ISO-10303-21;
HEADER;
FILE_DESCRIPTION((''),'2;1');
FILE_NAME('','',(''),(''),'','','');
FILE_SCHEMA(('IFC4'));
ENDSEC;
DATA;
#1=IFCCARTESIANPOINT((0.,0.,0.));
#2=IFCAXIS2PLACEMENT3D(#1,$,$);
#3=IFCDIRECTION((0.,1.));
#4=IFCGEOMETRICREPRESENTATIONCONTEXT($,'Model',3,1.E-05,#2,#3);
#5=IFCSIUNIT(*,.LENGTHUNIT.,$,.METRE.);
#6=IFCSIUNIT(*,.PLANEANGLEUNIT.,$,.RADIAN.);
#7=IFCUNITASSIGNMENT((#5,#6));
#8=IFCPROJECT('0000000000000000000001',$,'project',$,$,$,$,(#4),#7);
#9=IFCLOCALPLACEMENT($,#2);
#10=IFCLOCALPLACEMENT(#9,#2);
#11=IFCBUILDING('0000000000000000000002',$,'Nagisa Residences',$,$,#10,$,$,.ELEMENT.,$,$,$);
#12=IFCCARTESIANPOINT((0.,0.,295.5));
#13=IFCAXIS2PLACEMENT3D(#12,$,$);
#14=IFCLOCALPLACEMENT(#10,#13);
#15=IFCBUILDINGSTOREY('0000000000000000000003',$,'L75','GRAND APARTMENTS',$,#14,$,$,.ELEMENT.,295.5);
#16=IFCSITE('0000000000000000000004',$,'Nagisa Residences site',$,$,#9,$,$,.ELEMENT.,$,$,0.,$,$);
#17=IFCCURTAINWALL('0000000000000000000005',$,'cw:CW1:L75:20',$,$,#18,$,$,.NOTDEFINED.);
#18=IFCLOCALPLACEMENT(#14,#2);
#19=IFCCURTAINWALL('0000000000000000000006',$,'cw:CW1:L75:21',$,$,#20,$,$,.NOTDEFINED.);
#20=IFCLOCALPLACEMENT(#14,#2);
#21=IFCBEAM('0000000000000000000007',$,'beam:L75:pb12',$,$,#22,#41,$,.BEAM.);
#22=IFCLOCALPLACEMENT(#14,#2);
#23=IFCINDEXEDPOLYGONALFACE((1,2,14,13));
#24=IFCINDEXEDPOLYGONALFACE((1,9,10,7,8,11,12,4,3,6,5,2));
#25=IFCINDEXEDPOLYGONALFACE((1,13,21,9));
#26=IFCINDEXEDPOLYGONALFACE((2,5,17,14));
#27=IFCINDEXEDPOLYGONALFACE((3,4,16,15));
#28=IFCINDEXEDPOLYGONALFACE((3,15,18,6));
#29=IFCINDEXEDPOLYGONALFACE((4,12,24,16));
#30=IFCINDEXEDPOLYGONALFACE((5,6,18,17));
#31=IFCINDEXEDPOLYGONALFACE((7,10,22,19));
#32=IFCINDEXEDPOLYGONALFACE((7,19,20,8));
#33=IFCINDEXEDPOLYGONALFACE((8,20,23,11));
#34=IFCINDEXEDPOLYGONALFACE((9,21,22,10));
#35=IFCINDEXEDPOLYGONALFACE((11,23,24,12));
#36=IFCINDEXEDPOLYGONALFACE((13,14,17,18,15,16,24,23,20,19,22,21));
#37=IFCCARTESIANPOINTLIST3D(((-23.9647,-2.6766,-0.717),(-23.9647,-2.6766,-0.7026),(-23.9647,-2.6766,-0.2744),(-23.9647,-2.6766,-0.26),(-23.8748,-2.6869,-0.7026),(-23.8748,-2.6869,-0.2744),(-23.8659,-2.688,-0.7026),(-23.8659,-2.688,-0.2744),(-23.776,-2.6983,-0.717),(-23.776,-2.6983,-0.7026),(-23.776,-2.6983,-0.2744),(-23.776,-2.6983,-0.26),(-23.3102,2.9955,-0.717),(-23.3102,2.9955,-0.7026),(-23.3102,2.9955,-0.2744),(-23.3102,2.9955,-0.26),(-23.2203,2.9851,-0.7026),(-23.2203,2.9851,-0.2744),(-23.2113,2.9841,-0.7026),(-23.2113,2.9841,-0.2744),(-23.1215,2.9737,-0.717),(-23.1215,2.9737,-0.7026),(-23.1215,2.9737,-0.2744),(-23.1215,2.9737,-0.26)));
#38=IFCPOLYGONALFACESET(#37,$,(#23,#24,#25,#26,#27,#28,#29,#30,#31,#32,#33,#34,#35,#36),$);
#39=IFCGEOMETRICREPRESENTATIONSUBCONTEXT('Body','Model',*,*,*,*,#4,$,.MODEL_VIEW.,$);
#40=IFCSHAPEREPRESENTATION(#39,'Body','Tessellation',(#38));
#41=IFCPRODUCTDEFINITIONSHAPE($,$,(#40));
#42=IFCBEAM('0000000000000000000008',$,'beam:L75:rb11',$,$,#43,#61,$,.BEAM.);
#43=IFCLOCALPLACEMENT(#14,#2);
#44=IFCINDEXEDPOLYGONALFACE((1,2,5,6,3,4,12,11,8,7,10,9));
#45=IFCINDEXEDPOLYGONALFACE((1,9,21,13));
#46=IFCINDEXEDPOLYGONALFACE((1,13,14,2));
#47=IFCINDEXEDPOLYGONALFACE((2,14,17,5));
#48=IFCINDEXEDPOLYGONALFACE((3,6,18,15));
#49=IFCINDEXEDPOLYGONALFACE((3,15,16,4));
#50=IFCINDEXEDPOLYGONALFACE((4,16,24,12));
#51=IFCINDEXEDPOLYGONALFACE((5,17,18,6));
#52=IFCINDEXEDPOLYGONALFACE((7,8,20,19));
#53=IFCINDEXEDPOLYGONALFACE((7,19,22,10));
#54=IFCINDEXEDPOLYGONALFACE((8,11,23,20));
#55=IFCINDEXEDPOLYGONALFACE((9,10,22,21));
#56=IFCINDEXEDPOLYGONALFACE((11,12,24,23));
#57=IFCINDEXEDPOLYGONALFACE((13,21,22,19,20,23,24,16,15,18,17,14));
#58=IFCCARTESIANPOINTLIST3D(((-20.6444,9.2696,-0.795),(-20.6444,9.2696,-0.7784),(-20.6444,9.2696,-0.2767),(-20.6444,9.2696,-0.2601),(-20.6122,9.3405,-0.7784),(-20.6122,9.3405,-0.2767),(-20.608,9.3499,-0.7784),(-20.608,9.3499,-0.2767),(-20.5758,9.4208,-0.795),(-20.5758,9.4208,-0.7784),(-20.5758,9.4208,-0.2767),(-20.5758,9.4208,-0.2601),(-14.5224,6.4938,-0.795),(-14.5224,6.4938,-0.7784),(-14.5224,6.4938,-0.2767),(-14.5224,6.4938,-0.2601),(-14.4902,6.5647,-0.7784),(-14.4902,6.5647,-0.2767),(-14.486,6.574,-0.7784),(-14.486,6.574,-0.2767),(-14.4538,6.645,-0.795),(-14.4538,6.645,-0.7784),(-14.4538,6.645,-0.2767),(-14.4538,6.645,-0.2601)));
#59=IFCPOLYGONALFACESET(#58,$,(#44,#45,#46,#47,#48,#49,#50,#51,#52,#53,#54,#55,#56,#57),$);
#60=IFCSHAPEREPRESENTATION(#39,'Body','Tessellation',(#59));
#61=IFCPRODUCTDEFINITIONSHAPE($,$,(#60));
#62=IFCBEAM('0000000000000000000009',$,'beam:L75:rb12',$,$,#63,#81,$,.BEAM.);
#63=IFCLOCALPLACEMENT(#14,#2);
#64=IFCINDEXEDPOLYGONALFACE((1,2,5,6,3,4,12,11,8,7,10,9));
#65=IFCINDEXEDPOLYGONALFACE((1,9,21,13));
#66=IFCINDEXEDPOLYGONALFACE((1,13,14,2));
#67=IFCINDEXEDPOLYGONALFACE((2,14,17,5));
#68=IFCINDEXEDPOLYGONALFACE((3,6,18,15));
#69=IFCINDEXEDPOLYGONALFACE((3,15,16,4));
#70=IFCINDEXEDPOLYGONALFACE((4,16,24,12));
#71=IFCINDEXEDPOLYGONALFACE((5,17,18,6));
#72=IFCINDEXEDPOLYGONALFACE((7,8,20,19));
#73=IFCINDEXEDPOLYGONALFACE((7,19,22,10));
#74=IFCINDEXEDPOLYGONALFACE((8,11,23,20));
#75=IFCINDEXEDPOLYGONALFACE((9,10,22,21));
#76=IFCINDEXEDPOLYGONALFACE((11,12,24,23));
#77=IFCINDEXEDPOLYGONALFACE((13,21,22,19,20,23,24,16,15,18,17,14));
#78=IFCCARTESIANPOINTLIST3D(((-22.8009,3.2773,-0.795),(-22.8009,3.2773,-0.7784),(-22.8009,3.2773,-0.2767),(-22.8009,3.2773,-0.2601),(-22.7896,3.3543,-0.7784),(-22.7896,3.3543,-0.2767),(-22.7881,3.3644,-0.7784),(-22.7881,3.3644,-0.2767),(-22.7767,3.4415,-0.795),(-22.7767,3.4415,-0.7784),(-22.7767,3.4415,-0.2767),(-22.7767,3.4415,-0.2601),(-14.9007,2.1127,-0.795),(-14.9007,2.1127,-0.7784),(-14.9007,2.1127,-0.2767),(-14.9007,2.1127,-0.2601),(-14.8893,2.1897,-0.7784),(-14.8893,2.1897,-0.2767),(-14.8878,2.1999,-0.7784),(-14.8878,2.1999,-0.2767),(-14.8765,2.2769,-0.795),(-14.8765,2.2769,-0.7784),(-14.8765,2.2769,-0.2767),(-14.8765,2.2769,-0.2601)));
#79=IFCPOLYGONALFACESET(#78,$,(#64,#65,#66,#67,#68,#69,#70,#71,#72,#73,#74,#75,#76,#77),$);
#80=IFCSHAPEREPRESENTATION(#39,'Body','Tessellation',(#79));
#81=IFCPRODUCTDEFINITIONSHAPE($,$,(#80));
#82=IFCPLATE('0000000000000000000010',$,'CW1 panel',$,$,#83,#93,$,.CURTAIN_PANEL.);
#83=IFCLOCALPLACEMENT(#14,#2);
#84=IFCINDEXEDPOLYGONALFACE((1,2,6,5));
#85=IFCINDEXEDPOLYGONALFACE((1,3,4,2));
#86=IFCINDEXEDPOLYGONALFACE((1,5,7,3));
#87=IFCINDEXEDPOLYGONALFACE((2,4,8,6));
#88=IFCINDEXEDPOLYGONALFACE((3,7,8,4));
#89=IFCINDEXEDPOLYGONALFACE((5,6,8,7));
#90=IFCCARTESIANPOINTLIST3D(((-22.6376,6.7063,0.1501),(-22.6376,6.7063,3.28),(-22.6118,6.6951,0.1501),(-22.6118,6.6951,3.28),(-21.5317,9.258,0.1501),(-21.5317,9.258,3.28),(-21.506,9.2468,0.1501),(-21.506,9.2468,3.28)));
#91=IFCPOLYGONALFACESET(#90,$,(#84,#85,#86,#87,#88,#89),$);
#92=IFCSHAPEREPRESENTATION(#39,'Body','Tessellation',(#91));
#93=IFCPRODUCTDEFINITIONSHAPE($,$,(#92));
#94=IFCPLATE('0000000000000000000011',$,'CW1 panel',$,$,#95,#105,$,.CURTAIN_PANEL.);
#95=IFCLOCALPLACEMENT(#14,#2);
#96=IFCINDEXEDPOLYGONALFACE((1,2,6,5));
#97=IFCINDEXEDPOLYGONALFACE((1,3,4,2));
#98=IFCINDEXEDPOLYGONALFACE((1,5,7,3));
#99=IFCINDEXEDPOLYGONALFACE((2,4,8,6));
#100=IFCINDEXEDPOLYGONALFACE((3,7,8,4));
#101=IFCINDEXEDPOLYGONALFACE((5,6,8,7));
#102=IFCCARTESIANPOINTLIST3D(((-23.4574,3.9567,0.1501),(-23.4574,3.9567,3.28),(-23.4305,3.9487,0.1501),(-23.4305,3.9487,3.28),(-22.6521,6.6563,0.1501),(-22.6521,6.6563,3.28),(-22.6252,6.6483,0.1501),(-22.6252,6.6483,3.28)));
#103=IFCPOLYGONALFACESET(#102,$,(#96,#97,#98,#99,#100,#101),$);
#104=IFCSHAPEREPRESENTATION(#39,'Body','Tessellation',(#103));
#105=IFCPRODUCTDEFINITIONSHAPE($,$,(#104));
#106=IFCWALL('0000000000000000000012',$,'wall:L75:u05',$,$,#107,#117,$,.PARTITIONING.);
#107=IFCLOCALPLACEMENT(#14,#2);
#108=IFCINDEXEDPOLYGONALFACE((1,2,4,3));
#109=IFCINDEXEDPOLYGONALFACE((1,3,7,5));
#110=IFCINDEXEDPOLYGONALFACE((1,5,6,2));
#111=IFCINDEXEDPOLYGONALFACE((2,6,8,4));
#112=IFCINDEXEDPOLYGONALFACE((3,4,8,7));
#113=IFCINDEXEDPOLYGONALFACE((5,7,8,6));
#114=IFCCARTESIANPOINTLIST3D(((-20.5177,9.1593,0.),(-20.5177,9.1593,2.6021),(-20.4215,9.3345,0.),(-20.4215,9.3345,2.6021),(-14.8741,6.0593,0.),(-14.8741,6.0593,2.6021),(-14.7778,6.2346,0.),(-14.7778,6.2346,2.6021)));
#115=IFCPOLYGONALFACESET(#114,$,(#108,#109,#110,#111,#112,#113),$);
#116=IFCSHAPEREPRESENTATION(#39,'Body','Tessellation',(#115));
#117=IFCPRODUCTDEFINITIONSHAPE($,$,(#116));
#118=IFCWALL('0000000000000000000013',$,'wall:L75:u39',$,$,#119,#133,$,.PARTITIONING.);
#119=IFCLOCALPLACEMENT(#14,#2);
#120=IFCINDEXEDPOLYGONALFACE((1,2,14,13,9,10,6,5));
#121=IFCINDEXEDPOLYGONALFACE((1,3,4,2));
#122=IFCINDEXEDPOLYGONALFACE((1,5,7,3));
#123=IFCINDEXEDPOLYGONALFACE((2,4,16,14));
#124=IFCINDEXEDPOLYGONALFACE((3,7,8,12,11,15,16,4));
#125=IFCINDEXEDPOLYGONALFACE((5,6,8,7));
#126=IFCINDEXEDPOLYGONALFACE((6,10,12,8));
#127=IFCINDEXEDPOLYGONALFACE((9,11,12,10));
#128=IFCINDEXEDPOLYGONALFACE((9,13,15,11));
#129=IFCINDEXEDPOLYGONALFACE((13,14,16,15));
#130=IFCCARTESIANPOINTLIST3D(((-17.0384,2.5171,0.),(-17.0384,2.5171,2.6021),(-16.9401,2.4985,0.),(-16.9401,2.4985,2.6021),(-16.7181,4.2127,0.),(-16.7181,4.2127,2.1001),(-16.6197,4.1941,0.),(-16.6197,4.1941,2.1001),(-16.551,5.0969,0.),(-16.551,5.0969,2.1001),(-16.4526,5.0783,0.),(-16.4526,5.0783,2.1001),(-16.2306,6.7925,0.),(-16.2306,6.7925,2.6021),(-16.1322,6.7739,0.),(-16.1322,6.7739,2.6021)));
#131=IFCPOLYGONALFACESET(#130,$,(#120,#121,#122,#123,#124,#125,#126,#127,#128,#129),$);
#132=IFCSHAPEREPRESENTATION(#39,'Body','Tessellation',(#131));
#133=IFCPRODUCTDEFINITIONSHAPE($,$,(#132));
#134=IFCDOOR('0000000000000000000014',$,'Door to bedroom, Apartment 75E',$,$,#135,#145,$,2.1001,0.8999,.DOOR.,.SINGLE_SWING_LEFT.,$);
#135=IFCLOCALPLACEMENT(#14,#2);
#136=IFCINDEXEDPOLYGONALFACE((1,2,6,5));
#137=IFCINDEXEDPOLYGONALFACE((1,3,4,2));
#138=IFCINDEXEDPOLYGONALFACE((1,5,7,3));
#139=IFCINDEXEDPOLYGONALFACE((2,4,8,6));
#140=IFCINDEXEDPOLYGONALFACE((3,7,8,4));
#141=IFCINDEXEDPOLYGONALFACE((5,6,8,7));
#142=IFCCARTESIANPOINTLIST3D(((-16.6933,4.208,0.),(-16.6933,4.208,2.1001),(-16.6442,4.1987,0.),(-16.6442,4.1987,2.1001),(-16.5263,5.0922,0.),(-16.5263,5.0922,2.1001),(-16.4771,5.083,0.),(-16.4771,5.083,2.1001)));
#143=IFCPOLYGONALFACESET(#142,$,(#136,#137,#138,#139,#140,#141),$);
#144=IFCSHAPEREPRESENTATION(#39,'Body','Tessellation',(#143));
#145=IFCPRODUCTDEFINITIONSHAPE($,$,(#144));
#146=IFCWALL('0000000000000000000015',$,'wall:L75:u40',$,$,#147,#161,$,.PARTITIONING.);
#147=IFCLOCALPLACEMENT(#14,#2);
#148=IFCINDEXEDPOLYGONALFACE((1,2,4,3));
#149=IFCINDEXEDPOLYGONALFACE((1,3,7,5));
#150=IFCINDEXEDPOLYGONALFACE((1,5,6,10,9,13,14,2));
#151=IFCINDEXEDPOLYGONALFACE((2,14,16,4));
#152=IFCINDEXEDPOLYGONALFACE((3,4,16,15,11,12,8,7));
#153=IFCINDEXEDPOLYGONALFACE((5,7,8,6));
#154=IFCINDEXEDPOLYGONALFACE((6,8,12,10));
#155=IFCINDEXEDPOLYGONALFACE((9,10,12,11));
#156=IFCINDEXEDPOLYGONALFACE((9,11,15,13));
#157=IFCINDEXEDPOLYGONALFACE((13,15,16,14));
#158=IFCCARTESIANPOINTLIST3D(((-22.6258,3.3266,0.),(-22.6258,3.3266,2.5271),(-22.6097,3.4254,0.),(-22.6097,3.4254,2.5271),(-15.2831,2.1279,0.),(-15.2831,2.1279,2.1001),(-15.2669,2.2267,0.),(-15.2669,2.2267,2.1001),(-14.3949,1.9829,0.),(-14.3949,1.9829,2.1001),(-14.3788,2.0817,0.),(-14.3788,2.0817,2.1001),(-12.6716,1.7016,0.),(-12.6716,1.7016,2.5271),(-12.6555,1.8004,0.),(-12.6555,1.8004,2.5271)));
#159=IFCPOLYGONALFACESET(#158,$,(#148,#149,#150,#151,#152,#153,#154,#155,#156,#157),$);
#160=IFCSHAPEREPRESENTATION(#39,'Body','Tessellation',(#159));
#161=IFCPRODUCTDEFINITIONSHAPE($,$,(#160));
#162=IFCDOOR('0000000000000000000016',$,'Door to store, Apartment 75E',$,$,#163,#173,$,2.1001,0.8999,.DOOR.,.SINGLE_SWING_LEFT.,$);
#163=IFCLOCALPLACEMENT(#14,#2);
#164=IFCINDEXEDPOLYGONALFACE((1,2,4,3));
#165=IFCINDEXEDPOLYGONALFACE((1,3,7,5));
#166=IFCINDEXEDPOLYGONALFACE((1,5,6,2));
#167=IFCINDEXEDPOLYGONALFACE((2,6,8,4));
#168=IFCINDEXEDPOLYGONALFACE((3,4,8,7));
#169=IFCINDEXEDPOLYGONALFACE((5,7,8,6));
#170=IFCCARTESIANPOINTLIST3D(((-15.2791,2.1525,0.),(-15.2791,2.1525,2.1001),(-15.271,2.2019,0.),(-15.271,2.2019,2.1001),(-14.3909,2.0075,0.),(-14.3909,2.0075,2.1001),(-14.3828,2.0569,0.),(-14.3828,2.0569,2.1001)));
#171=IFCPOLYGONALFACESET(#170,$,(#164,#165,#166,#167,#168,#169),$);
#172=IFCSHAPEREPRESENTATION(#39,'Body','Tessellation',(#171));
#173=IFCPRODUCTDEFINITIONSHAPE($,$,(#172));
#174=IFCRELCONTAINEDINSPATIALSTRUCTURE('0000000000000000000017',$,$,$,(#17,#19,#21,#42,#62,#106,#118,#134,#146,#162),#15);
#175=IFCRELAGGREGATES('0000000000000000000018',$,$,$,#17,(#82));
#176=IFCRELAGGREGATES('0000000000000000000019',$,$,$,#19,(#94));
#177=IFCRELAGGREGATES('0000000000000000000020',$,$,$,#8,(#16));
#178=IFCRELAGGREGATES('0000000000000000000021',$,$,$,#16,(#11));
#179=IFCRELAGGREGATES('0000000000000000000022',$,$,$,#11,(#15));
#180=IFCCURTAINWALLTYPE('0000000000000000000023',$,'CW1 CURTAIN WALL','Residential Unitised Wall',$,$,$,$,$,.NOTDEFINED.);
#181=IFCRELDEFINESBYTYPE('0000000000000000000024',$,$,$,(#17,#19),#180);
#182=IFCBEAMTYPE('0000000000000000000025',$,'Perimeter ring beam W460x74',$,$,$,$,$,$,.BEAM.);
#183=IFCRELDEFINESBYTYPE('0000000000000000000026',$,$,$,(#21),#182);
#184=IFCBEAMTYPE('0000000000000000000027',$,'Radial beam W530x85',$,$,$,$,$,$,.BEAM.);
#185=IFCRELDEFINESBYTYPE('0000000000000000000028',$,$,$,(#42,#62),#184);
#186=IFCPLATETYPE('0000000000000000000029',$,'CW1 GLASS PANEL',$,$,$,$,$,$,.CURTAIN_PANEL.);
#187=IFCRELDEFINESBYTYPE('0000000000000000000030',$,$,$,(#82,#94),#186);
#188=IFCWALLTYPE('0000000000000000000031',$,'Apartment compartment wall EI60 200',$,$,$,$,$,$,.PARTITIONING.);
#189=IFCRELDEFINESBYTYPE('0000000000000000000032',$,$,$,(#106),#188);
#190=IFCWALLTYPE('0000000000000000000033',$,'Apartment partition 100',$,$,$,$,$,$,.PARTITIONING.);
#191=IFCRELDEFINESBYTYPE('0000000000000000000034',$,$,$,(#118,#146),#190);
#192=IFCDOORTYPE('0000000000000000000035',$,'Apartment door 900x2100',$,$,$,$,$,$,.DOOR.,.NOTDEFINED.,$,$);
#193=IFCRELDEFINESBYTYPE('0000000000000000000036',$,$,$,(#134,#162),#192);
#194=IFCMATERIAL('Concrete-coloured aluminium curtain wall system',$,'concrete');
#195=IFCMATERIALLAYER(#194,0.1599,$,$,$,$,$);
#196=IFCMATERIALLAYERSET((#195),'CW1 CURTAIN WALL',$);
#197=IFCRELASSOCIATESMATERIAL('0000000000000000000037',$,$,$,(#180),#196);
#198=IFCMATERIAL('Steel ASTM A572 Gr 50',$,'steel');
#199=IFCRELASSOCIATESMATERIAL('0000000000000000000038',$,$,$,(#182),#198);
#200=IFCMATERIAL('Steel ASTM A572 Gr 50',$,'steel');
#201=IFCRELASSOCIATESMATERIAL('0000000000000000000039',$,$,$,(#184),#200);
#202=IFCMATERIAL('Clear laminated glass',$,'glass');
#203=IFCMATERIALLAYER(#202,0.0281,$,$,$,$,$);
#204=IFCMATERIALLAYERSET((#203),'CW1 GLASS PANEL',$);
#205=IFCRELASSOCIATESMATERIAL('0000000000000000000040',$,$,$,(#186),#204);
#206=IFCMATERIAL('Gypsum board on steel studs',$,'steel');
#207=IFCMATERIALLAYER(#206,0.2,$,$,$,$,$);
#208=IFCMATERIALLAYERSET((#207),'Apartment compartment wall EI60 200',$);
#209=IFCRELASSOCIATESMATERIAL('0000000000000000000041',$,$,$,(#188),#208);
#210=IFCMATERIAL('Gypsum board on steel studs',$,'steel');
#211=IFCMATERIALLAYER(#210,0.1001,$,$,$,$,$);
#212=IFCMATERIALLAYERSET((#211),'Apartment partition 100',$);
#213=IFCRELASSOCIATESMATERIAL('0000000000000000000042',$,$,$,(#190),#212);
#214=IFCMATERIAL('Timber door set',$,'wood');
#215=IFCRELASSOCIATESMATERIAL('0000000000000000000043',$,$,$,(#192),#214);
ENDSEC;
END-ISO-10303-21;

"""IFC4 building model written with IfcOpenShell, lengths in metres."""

from ifc_helpers import new_model, si_unit, direction, frame, frame_2d, origin, origin_2d, place, context, subcontext, project, spatial, rectangle, i_section, extrude, material, layer, layer_set, material_profile, profile_set, type_object, element, fill, aggregate, save


model = new_model("IFC4")

# Units and contexts
model_context = context("Model", 3, precision=1e-05, world=origin(), true_north=direction((0.0, 1.0)))
body_context = subcontext(model_context, "Body", "Model", "MODEL_VIEW")
ifc_project = project(units=[si_unit("LENGTHUNIT", "METRE"), si_unit("PLANEANGLEUNIT", "RADIAN")], contexts=[model_context])

# Site, building, storey
site_placement = place(None, origin())
site = spatial("IfcSite", under=ifc_project, at=site_placement, Name="Nagisa Residences site", CompositionType="ELEMENT", RefElevation=0.0)
building_placement = place(site_placement, origin())
building = spatial("IfcBuilding", under=site, at=building_placement, Name="Nagisa Residences", CompositionType="ELEMENT")
storey_placement = place(building_placement, frame((0.0, 0.0, 295.5)))
storey = spatial("IfcBuildingStorey", under=building, at=storey_placement, Name="L75", Description="GRAND APARTMENTS", CompositionType="ELEMENT", Elevation=295.5)

# Curtain walls
ifc_material_1 = material(Name="Concrete-coloured aluminium curtain wall system", Category="concrete")
ifc_layer_1 = layer(ifc_material_1, 0.1599)
ifc_layer_set_1 = layer_set([ifc_layer_1], Name="CW1 CURTAIN WALL")
curtain_wall_type = type_object("IfcCurtainWallType", Name="CW1 CURTAIN WALL", Description="Residential Unitised Wall", PredefinedType="NOTDEFINED", material=ifc_layer_set_1)
curtain_wall_1_placement = place(storey_placement, origin())
curtain_wall_1 = element("IfcCurtainWall", 1, at=curtain_wall_1_placement, inside=storey, type_object=curtain_wall_type, Name="cw:CW1:L75:20", PredefinedType="NOTDEFINED")
curtain_wall_2_placement = place(storey_placement, origin())
curtain_wall_2 = element("IfcCurtainWall", 2, at=curtain_wall_2_placement, inside=storey, type_object=curtain_wall_type, Name="cw:CW1:L75:21", PredefinedType="NOTDEFINED")

# Beams
ifc_material_2 = material(Name="Steel ASTM A572 Gr 50", Category="steel")
ifc_material_profile_1 = material_profile(ifc_material_2, i_section(OverallWidth=0.1899, OverallDepth=0.457, WebThickness=0.009, FlangeThickness=0.0144, at=origin_2d()), Name="W460x74")
ifc_profile_set_1 = profile_set([ifc_material_profile_1], Name="Steel ASTM A572 Gr 50")
beam_type_1 = type_object("IfcBeamType", Name="Perimeter ring beam W460x74", PredefinedType="BEAM", material=ifc_profile_set_1)
beam_1_placement = place(storey_placement, frame((-23.2158, 2.9846, -0.4885), z_axis=(-0.114635, -0.993408, 0.0), x_axis=(0.993408, -0.114635, 0.0)))
element("IfcBeam", 3, at=beam_1_placement, inside=storey, type_object=beam_type_1, Name="beam:L75:pb12", PredefinedType="BEAM", context=body_context, shape_type="SweptSolid", body=[
    extrude(i_section(OverallWidth=0.1899, OverallDepth=0.457, WebThickness=0.009, FlangeThickness=0.0144, at=origin_2d()), origin(), (0.0, 0.0, 1.0), 5.7097),
])
ifc_material_3 = material(Name="Steel ASTM A572 Gr 50", Category="steel")
ifc_material_profile_2 = material_profile(ifc_material_3, i_section(OverallWidth=0.166, OverallDepth=0.5349, WebThickness=0.0103, FlangeThickness=0.0166, at=origin_2d()), Name="W530x85")
ifc_profile_set_2 = profile_set([ifc_material_profile_2], Name="Steel ASTM A572 Gr 50")
beam_type_2 = type_object("IfcBeamType", Name="Radial beam W530x85", PredefinedType="BEAM", material=ifc_profile_set_2)
beam_2_placement = place(storey_placement, frame((-20.6101, 9.3452, -0.5276), z_axis=(0.910752, -0.412954, 0.0), x_axis=(0.412954, 0.910752, 0.0)))
element("IfcBeam", 4, at=beam_2_placement, inside=storey, type_object=beam_type_2, Name="beam:L75:rb11", PredefinedType="BEAM", context=body_context, shape_type="SweptSolid", body=[
    extrude(i_section(OverallWidth=0.166, OverallDepth=0.5349, WebThickness=0.0103, FlangeThickness=0.0166, at=origin_2d()), origin(), (0.0, 0.0, 1.0), 6.7219),
])
beam_3_placement = place(storey_placement, frame((-22.7888, 3.3594, -0.5276), z_axis=(0.989309, -0.145833, 0.0), x_axis=(0.145833, 0.989309, 0.0)))
element("IfcBeam", 5, at=beam_3_placement, inside=storey, type_object=beam_type_2, Name="beam:L75:rb12", PredefinedType="BEAM", context=body_context, shape_type="SweptSolid", body=[
    extrude(i_section(OverallWidth=0.166, OverallDepth=0.5349, WebThickness=0.0103, FlangeThickness=0.0166, at=origin_2d()), origin(), (0.0, 0.0, 1.0), 7.9856),
])

# Plates
ifc_material_4 = material(Name="Clear laminated glass", Category="glass")
ifc_layer_2 = layer(ifc_material_4, 0.0281)
ifc_layer_set_2 = layer_set([ifc_layer_2], Name="CW1 GLASS PANEL")
plate_type = type_object("IfcPlateType", Name="CW1 GLASS PANEL", PredefinedType="CURTAIN_PANEL", material=ifc_layer_set_2)
plate_1_placement = place(storey_placement, frame((-22.0718, 7.9766, 0.1501), z_axis=(0.0, 0.0, 1.0), x_axis=(-0.397636, -0.917543, 0.0)))
plate_1 = element("IfcPlate", 6, at=plate_1_placement, type_object=plate_type, Name="CW1 panel", PredefinedType="CURTAIN_PANEL", context=body_context, shape_type="SweptSolid", body=[
    extrude(rectangle(XDim=2.781, YDim=0.0281, at=origin_2d()), origin(), (0.0, 0.0, 1.0), 3.1299),
])
aggregate(curtain_wall_1, [plate_1])
plate_2_placement = place(storey_placement, frame((-23.0413, 5.3025, 0.1501), z_axis=(0.0, 0.0, 1.0), x_axis=(-0.28586, -0.958271, 0.0)))
plate_2 = element("IfcPlate", 7, at=plate_2_placement, type_object=plate_type, Name="CW1 panel", PredefinedType="CURTAIN_PANEL", context=body_context, shape_type="SweptSolid", body=[
    extrude(rectangle(XDim=2.8171, YDim=0.0281, at=origin_2d()), origin(), (0.0, 0.0, 1.0), 3.1299),
])
aggregate(curtain_wall_2, [plate_2])

# Wall
ifc_material_5 = material(Name="Gypsum board on steel studs", Category="steel")
ifc_layer_3 = layer(ifc_material_5, 0.2)
ifc_layer_set_3 = layer_set([ifc_layer_3], Name="Apartment compartment wall EI60 200")
wall_type_1 = type_object("IfcWallType", Name="Apartment compartment wall EI60 200", PredefinedType="PARTITIONING", material=ifc_layer_set_3)
wall_1_placement = place(storey_placement, frame((-14.8259, 6.147, 0.0), z_axis=(0.0, 0.0, 1.0), x_axis=(-0.876485, 0.48143, 0.0)))
element("IfcWall", 8, at=wall_1_placement, inside=storey, type_object=wall_type_1, Name="wall:L75:u05", PredefinedType="PARTITIONING", context=body_context, shape_type="SweptSolid", body=[
    extrude(rectangle(XDim=6.439, YDim=0.2, at=frame_2d((3.2195, 0.0))), origin(), (0.0, 0.0, 1.0), 2.6021),
])

# Walls, openings, doors
ifc_material_6 = material(Name="Gypsum board on steel studs", Category="steel")
ifc_layer_4 = layer(ifc_material_6, 0.1001)
ifc_layer_set_4 = layer_set([ifc_layer_4], Name="Apartment partition 100")
wall_type_2 = type_object("IfcWallType", Name="Apartment partition 100", PredefinedType="PARTITIONING", material=ifc_layer_set_4)
wall_2_placement = place(storey_placement, frame((-16.1814, 6.7832, 0.0), z_axis=(0.0, 0.0, 1.0), x_axis=(-0.185671, -0.982612, 0.0)))
wall_2 = element("IfcWall", 9, at=wall_2_placement, inside=storey, type_object=wall_type_2, Name="wall:L75:u39", PredefinedType="PARTITIONING", context=body_context, shape_type="SweptSolid", body=[
    extrude(rectangle(XDim=4.3511, YDim=0.1001, at=frame_2d((2.1755, 0.0))), origin(), (0.0, 0.0, 1.0), 2.6021),
])
opening_1_placement = place(wall_2_placement, frame((1.7256, 0.0, 0.0)))
opening_1 = element("IfcOpeningElement", 10, at=opening_1_placement, cuts=wall_2, PredefinedType="OPENING", context=body_context, shape_type="SweptSolid", body=[
    extrude(rectangle(XDim=0.8999, YDim=2.1001, at=frame_2d((0.45, 1.05))), frame((0.0, 0.0601, 0.0), z_axis=(0.0, -1.0, 0.0), x_axis=(1.0, 0.0, 0.0)), (0.0, 0.0, 1.0), 0.1201),
])
ifc_material_7 = material(Name="Timber door set", Category="wood")
door_type_1 = type_object("IfcDoorType", Name="Apartment door 900x2100", OperationType="NOTDEFINED", PredefinedType="DOOR", material=ifc_material_7)
door_1_placement = place(opening_1_placement, frame((0.8999, 0.0, 0.0), x_axis=(-1.0, 0.0, 0.0)))
door_1 = element("IfcDoor", 11, at=door_1_placement, inside=storey, type_object=door_type_1, Name="Door to bedroom, Apartment 75E", OperationType="SINGLE_SWING_LEFT", OverallHeight=2.1001, OverallWidth=0.8999, PredefinedType="DOOR", context=body_context, shape_type="SweptSolid", body=[
    extrude(rectangle(XDim=0.8999, YDim=2.1001, at=frame_2d((0.45, 1.05))), frame((0.0, 0.0249, 0.0), z_axis=(0.0, -1.0, 0.0), x_axis=(1.0, 0.0, 0.0)), (0.0, 0.0, 1.0), 0.05),
])
fill(opening_1, door_1)
wall_3_placement = place(storey_placement, frame((-12.6636, 1.751, 0.0), z_axis=(0.0, 0.0, 1.0), x_axis=(-0.986935, 0.161117, 0.0)))
wall_3 = element("IfcWall", 12, at=wall_3_placement, inside=storey, type_object=wall_type_2, Name="wall:L75:u40", PredefinedType="PARTITIONING", context=body_context, shape_type="SweptSolid", body=[
    extrude(rectangle(XDim=10.0859, YDim=0.1001, at=frame_2d((5.043, 0.0))), origin(), (0.0, 0.0, 1.0), 2.5271),
])
opening_2_placement = place(wall_3_placement, frame((1.7461, 0.0, 0.0)))
opening_2 = element("IfcOpeningElement", 13, at=opening_2_placement, cuts=wall_3, PredefinedType="OPENING", context=body_context, shape_type="SweptSolid", body=[
    extrude(rectangle(XDim=0.8999, YDim=2.1001, at=frame_2d((0.45, 1.05))), frame((0.0, 0.0601, 0.0), z_axis=(0.0, -1.0, 0.0), x_axis=(1.0, 0.0, 0.0)), (0.0, 0.0, 1.0), 0.1201),
])
door_2_placement = place(opening_2_placement, frame((0.8999, 0.0, 0.0), x_axis=(-1.0, 0.0, 0.0)))
door_2 = element("IfcDoor", 14, at=door_2_placement, inside=storey, type_object=door_type_1, Name="Door to store, Apartment 75E", OperationType="SINGLE_SWING_LEFT", OverallHeight=2.1001, OverallWidth=0.8999, PredefinedType="DOOR", context=body_context, shape_type="SweptSolid", body=[
    extrude(rectangle(XDim=0.8999, YDim=2.1001, at=frame_2d((0.45, 1.05))), frame((0.0, 0.0249, 0.0), z_axis=(0.0, -1.0, 0.0), x_axis=(1.0, 0.0, 0.0)), (0.0, 0.0, 1.0), 0.05),
])
fill(opening_2, door_2)

save(model, "model.ifc")
